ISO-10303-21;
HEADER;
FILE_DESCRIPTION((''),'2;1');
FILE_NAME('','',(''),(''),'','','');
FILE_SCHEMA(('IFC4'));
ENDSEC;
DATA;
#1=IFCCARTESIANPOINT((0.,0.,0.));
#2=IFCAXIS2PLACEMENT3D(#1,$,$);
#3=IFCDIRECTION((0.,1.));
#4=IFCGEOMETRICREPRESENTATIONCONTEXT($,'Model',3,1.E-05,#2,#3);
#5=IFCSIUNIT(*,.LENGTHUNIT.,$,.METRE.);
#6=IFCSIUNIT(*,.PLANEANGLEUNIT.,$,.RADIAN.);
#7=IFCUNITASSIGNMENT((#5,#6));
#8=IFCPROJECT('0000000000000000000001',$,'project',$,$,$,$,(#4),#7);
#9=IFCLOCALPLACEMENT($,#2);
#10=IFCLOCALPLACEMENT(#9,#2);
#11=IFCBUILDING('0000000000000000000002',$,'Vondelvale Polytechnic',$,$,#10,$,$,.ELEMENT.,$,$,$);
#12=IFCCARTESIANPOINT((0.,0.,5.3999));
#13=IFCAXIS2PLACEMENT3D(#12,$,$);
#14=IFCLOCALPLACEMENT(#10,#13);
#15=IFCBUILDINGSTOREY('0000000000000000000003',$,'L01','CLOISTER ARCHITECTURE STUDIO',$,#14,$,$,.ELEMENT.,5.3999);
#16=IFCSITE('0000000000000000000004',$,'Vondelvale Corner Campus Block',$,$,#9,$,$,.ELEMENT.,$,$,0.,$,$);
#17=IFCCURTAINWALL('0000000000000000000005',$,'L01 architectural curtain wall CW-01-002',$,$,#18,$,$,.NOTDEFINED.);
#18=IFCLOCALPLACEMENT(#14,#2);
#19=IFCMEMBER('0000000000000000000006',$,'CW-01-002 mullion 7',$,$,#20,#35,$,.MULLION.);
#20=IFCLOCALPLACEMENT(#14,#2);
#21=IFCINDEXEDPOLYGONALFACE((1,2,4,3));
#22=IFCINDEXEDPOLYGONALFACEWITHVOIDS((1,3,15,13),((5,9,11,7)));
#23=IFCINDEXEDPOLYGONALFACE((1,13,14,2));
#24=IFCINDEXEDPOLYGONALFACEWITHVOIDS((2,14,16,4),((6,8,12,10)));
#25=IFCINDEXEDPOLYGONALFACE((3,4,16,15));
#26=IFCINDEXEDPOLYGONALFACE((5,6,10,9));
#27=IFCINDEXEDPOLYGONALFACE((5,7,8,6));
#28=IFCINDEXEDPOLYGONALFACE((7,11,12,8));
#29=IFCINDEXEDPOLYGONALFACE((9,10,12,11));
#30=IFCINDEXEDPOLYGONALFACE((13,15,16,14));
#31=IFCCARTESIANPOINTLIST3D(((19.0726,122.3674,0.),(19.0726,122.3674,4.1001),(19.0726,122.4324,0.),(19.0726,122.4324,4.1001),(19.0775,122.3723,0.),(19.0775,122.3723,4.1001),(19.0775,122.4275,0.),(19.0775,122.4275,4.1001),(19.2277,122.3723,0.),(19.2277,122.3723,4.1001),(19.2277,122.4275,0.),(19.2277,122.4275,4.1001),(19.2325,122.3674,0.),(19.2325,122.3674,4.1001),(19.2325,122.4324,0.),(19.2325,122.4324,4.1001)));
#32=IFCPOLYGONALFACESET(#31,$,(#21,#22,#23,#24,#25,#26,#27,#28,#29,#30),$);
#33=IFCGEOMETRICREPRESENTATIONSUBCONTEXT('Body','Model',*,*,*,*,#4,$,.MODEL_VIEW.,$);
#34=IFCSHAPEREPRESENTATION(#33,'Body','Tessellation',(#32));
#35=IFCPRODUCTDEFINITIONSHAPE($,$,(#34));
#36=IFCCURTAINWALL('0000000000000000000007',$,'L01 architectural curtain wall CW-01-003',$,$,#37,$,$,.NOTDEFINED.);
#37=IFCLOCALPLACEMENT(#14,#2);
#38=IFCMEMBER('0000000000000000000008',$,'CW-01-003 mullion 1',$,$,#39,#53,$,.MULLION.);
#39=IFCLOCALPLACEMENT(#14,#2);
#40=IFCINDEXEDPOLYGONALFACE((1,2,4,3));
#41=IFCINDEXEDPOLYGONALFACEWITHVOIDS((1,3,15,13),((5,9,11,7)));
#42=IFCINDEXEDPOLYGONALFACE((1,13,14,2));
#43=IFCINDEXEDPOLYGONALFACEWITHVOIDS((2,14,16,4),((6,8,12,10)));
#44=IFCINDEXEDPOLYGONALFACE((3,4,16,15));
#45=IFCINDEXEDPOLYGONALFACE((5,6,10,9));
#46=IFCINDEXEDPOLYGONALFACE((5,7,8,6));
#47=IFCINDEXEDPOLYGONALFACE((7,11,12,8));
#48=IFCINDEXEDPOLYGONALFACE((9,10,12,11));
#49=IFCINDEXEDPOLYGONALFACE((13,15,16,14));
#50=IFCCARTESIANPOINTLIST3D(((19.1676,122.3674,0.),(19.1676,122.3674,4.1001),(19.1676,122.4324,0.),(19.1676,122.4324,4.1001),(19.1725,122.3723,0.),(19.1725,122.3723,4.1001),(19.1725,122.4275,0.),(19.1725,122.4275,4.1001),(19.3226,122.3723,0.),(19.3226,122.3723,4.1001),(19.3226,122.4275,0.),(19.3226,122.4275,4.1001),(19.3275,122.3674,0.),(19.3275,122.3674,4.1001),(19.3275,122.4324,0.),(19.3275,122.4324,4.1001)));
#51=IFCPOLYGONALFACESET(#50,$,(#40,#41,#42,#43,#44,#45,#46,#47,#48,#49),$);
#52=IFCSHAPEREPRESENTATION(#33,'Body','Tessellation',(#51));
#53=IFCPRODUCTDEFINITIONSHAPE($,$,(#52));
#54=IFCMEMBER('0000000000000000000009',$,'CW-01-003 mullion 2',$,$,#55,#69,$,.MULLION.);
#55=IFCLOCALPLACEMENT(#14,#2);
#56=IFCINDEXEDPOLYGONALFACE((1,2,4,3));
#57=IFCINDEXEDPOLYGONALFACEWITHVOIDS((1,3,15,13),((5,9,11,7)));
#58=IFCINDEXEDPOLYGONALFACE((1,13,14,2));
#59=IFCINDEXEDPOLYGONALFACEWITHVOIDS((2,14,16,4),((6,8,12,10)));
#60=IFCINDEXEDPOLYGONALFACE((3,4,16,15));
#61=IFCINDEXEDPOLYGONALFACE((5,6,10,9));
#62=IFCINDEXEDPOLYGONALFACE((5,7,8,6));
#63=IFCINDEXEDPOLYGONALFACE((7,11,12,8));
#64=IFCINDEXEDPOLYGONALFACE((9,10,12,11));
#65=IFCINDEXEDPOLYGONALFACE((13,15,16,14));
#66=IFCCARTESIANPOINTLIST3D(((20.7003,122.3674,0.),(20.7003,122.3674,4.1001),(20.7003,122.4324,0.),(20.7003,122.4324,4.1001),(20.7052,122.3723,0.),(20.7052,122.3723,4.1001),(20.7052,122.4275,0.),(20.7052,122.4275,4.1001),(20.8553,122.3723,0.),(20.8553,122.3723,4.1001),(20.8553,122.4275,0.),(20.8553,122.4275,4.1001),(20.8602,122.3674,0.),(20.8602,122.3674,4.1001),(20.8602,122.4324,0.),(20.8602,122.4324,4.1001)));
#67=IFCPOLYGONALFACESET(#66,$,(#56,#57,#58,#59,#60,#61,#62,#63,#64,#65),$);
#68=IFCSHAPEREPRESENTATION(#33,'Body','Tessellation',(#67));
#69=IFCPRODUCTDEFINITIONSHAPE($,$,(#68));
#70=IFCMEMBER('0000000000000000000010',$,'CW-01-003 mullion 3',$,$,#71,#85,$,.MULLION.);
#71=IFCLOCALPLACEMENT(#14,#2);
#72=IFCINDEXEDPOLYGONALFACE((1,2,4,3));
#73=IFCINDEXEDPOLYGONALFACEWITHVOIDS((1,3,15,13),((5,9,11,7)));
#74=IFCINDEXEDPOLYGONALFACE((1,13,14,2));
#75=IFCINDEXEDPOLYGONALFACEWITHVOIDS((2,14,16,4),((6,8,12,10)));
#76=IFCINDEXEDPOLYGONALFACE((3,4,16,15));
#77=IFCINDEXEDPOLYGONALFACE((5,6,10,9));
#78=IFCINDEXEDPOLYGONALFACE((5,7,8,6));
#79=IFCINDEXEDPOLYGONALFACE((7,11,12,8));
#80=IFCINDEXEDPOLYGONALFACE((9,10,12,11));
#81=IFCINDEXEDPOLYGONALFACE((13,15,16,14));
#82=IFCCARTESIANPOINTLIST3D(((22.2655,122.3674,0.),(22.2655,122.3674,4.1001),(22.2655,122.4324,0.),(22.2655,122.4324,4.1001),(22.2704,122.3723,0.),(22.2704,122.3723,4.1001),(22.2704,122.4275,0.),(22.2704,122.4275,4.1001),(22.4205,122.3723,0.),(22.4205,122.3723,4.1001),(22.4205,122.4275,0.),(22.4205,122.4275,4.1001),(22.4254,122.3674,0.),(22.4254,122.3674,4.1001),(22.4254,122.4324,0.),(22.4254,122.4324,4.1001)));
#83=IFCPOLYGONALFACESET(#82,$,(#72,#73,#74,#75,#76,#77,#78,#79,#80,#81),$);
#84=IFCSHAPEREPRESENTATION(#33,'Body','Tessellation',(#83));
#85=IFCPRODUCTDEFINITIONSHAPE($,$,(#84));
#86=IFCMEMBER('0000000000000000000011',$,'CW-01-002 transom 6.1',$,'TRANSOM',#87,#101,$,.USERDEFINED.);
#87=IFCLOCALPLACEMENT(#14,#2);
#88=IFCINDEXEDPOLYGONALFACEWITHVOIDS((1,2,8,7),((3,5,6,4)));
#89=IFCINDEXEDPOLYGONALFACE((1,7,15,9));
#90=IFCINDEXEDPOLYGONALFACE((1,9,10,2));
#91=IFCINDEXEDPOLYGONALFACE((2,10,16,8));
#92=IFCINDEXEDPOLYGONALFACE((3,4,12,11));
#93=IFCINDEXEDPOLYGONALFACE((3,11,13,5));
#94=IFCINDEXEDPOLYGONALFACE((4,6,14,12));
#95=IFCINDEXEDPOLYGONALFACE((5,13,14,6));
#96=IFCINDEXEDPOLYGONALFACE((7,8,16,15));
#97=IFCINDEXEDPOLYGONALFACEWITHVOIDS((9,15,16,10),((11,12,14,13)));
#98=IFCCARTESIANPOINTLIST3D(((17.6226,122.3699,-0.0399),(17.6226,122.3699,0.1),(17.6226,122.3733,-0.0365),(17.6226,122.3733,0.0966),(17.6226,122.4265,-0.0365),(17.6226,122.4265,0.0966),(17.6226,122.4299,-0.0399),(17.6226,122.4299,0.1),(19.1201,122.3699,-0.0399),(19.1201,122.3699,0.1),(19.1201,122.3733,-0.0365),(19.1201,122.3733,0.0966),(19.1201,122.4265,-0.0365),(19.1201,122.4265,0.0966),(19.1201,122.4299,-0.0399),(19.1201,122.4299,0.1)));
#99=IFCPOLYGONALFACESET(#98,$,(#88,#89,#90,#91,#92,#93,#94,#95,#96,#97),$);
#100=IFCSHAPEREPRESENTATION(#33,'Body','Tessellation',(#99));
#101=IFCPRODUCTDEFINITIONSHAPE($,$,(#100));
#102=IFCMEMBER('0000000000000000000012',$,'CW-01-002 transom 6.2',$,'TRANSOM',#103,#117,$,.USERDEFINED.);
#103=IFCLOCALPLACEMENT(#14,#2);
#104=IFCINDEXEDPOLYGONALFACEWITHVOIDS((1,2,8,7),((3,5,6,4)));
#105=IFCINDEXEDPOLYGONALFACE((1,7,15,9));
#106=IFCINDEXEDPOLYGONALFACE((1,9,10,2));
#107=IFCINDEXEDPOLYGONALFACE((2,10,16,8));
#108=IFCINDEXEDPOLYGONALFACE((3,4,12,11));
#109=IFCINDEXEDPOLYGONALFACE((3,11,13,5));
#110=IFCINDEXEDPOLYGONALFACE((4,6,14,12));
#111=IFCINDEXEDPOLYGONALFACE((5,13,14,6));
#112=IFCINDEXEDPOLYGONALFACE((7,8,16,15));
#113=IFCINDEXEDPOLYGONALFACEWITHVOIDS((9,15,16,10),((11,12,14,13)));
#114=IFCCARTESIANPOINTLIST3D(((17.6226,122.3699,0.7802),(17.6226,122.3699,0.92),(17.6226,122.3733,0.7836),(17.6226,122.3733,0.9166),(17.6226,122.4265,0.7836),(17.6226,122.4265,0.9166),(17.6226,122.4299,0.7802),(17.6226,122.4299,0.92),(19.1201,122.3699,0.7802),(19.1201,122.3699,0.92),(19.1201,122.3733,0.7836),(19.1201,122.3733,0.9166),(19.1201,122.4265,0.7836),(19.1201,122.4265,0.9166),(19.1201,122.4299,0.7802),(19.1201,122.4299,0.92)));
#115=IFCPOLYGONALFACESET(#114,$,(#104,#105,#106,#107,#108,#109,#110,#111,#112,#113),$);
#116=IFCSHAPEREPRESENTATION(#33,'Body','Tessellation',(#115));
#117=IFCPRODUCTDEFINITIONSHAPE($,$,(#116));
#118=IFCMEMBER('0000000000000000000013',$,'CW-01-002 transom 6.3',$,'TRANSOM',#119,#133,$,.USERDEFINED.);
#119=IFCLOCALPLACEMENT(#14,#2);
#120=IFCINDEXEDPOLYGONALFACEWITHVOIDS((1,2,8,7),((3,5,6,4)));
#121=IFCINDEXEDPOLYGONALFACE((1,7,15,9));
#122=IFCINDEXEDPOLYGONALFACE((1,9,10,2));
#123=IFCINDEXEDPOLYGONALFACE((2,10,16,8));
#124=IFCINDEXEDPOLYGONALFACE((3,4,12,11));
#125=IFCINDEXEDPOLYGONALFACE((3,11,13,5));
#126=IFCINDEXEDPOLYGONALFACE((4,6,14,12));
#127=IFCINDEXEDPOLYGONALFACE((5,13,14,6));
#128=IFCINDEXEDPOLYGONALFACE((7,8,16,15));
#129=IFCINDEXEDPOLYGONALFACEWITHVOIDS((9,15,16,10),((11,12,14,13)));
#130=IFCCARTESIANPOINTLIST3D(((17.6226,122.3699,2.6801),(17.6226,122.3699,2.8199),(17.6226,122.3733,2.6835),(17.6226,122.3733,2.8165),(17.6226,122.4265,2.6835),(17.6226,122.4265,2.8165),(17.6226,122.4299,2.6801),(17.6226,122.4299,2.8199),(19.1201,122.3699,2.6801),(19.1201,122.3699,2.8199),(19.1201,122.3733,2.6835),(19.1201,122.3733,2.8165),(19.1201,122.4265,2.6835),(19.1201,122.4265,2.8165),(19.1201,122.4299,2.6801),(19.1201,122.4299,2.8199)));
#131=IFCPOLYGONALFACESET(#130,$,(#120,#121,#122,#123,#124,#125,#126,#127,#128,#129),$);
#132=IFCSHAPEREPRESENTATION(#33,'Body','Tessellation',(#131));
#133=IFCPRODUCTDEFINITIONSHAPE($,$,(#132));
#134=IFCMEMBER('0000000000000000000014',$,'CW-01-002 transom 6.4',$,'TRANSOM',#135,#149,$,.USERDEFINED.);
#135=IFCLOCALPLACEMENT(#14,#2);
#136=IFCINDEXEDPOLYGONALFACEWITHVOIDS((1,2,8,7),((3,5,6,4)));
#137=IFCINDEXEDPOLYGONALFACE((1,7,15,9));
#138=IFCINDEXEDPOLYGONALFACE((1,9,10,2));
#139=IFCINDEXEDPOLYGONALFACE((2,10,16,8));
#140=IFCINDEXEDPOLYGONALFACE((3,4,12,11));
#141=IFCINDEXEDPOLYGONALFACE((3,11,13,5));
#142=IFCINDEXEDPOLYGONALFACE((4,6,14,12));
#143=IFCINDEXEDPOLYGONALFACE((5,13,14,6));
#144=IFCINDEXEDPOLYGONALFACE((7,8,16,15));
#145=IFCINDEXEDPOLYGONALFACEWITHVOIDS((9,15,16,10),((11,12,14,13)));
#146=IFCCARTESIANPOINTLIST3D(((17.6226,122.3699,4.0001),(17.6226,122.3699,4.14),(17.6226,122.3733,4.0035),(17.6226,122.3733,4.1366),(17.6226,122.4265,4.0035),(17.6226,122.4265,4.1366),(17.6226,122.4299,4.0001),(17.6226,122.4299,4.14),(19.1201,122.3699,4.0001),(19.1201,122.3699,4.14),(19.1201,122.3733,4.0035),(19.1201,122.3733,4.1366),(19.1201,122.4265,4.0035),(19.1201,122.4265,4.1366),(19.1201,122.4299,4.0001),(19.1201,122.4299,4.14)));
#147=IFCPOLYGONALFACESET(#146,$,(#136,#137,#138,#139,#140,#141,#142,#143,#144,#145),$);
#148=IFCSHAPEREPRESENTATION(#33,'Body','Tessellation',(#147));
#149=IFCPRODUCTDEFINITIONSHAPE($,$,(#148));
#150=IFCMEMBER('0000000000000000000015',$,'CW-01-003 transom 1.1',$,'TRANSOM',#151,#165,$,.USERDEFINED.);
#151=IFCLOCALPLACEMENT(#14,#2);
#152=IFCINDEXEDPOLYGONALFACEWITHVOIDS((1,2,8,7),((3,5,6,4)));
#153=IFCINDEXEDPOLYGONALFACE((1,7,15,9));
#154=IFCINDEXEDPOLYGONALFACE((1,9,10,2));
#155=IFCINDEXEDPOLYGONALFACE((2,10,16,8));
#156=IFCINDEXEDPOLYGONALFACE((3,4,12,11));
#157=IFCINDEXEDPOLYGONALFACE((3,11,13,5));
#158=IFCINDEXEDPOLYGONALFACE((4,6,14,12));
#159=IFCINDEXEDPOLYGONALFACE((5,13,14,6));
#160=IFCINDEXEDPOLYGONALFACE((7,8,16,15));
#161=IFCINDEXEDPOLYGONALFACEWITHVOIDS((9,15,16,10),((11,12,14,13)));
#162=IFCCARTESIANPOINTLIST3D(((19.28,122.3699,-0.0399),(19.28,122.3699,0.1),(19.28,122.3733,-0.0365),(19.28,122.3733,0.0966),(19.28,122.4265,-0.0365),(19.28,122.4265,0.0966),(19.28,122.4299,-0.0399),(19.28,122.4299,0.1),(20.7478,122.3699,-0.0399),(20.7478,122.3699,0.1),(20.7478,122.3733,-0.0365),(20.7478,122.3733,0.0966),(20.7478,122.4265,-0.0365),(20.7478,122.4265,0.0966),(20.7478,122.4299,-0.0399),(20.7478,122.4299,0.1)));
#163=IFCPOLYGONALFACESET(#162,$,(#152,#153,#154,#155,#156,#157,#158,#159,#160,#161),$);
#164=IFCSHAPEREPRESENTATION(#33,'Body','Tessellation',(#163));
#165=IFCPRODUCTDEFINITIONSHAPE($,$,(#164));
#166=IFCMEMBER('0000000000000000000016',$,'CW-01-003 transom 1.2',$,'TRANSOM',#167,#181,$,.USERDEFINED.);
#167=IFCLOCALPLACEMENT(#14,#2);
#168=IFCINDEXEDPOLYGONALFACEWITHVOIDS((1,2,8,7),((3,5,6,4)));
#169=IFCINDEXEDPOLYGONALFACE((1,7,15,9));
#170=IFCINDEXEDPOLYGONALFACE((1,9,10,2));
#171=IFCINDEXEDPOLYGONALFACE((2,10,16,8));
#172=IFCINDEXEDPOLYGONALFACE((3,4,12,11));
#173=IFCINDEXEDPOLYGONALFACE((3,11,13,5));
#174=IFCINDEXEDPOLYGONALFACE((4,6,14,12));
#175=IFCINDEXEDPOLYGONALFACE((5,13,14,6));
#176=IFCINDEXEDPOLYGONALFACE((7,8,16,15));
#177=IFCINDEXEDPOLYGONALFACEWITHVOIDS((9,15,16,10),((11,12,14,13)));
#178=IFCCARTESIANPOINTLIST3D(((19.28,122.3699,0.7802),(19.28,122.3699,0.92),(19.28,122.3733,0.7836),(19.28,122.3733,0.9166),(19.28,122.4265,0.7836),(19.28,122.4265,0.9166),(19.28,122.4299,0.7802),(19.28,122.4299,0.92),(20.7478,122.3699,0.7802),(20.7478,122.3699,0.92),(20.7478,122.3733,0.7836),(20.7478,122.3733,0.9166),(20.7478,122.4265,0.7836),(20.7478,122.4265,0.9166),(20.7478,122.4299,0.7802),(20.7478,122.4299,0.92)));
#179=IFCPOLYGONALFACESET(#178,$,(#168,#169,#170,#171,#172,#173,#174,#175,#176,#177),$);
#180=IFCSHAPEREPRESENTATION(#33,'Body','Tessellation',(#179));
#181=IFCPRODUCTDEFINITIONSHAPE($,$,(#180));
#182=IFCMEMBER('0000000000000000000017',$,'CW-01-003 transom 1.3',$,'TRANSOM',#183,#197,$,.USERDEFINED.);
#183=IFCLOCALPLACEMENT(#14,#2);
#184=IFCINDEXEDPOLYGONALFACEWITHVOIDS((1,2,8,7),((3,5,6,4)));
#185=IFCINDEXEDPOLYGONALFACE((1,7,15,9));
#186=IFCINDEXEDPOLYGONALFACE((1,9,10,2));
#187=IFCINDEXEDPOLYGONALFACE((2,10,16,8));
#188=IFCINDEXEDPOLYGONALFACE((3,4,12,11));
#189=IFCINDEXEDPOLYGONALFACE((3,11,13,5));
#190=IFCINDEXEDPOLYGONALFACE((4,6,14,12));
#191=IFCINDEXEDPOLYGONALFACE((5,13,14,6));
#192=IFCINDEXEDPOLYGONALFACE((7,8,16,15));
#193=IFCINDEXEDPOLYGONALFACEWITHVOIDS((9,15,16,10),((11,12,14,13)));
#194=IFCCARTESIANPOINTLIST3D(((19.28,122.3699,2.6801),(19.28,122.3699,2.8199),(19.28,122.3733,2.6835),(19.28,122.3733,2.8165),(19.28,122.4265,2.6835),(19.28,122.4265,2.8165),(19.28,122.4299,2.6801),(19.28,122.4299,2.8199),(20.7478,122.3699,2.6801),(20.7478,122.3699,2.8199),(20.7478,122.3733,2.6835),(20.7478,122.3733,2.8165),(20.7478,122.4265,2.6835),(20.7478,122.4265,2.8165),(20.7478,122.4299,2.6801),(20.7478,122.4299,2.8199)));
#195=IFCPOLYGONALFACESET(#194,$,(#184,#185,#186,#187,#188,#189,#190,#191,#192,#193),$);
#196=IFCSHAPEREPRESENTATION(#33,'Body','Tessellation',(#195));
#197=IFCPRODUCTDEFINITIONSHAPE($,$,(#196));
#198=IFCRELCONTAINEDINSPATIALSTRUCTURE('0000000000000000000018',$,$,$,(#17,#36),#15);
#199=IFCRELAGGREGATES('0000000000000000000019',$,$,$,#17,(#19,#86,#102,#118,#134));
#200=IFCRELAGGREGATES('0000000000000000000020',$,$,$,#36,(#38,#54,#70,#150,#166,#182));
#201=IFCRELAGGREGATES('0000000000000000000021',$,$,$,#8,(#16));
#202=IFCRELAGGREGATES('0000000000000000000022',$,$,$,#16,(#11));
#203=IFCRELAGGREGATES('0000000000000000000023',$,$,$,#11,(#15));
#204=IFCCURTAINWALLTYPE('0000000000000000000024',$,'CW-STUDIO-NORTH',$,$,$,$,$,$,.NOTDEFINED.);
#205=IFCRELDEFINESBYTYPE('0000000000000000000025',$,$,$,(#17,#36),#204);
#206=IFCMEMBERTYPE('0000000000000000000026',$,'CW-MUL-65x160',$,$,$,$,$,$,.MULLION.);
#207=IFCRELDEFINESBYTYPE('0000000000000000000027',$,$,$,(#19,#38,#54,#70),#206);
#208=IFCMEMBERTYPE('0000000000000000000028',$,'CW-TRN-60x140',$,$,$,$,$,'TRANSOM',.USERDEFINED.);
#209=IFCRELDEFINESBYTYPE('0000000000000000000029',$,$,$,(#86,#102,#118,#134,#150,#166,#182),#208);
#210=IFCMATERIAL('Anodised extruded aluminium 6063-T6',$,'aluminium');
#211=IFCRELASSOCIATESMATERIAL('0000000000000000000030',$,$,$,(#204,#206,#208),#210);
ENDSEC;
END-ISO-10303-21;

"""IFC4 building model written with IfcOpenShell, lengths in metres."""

from ifc_helpers import new_model, si_unit, direction, frame, origin, origin_2d, place, context, subcontext, project, spatial, hollow_rectangle, extrude, material, material_profile, profile_set, type_object, element, aggregate, save


model = new_model("IFC4")

# Units and contexts
model_context = context("Model", 3, precision=1e-05, world=origin(), true_north=direction((0.0, 1.0)))
body_context = subcontext(model_context, "Body", "Model", "MODEL_VIEW")
ifc_project = project(units=[si_unit("LENGTHUNIT", "METRE"), si_unit("PLANEANGLEUNIT", "RADIAN")], contexts=[model_context])

# Site, building, storey
site_placement = place(None, origin())
site = spatial("IfcSite", under=ifc_project, at=site_placement, Name="Vondelvale Corner Campus Block", CompositionType="ELEMENT", RefElevation=0.0)
building_placement = place(site_placement, origin())
building = spatial("IfcBuilding", under=site, at=building_placement, Name="Vondelvale Polytechnic", CompositionType="ELEMENT")
storey_placement = place(building_placement, frame((0.0, 0.0, 5.3999)))
storey = spatial("IfcBuildingStorey", under=building, at=storey_placement, Name="L01", Description="CLOISTER ARCHITECTURE STUDIO", CompositionType="ELEMENT", Elevation=5.3999)

# Curtain wall, member
ifc_material_1 = material(Name="Anodised extruded aluminium 6063-T6", Category="aluminium")
curtain_wall_type = type_object("IfcCurtainWallType", Name="CW-STUDIO-NORTH", PredefinedType="NOTDEFINED", material=ifc_material_1)
curtain_wall_1_placement = place(storey_placement, origin())
curtain_wall_1 = element("IfcCurtainWall", 1, at=curtain_wall_1_placement, inside=storey, type_object=curtain_wall_type, Name="L01 architectural curtain wall CW-01-002", PredefinedType="NOTDEFINED")
ifc_material_profile_1 = material_profile(ifc_material_1, hollow_rectangle(XDim=0.0649, YDim=0.1599, WallThickness=0.0049, at=origin_2d()), Name="CW-MUL-160x65")
ifc_profile_set_1 = profile_set([ifc_material_profile_1], Name="Anodised extruded aluminium 6063-T6")
member_type_1 = type_object("IfcMemberType", Name="CW-MUL-65x160", PredefinedType="MULLION", material=ifc_profile_set_1)
member_1_placement = place(storey_placement, frame((19.1526, 122.3999, 0.0), z_axis=(0.0, 0.0, 1.0), x_axis=(0.0, 1.0, 0.0)))
member_1 = element("IfcMember", 2, at=member_1_placement, type_object=member_type_1, Name="CW-01-002 mullion 7", PredefinedType="MULLION", context=body_context, shape_type="SweptSolid", body=[
    extrude(hollow_rectangle(XDim=0.0649, YDim=0.1599, WallThickness=0.0049, at=origin_2d()), origin(), (0.0, 0.0, 1.0), 4.1001),
])

# Curtain wall, members
curtain_wall_2_placement = place(storey_placement, origin())
curtain_wall_2 = element("IfcCurtainWall", 3, at=curtain_wall_2_placement, inside=storey, type_object=curtain_wall_type, Name="L01 architectural curtain wall CW-01-003", PredefinedType="NOTDEFINED")
member_2_placement = place(storey_placement, frame((19.2476, 122.3999, 0.0), z_axis=(0.0, 0.0, 1.0), x_axis=(0.0, 1.0, 0.0)))
member_2 = element("IfcMember", 4, at=member_2_placement, type_object=member_type_1, Name="CW-01-003 mullion 1", PredefinedType="MULLION", context=body_context, shape_type="SweptSolid", body=[
    extrude(hollow_rectangle(XDim=0.0649, YDim=0.1599, WallThickness=0.0049, at=origin_2d()), origin(), (0.0, 0.0, 1.0), 4.1001),
])
member_3_placement = place(storey_placement, frame((20.7803, 122.3999, 0.0), z_axis=(0.0, 0.0, 1.0), x_axis=(0.0, 1.0, 0.0)))
member_3 = element("IfcMember", 5, at=member_3_placement, type_object=member_type_1, Name="CW-01-003 mullion 2", PredefinedType="MULLION", context=body_context, shape_type="SweptSolid", body=[
    extrude(hollow_rectangle(XDim=0.0649, YDim=0.1599, WallThickness=0.0049, at=origin_2d()), origin(), (0.0, 0.0, 1.0), 4.1001),
])
member_4_placement = place(storey_placement, frame((22.3455, 122.3999, 0.0), z_axis=(0.0, 0.0, 1.0), x_axis=(0.0, 1.0, 0.0)))
member_4 = element("IfcMember", 6, at=member_4_placement, type_object=member_type_1, Name="CW-01-003 mullion 3", PredefinedType="MULLION", context=body_context, shape_type="SweptSolid", body=[
    extrude(hollow_rectangle(XDim=0.0649, YDim=0.1599, WallThickness=0.0049, at=origin_2d()), origin(), (0.0, 0.0, 1.0), 4.1001),
])

# Members
ifc_material_profile_2 = material_profile(ifc_material_1, hollow_rectangle(XDim=0.0601, YDim=0.1399, WallThickness=0.0034, at=origin_2d()), Name="CW-TRN-140x60")
ifc_profile_set_2 = profile_set([ifc_material_profile_2], Name="Anodised extruded aluminium 6063-T6")
member_type_2 = type_object("IfcMemberType", Name="CW-TRN-60x140", ElementType="TRANSOM", PredefinedType="USERDEFINED", material=ifc_profile_set_2)
member_5_placement = place(storey_placement, frame((17.6226, 122.3999, 0.03), z_axis=(1.0, 0.0, 0.0), x_axis=(0.0, 1.0, 0.0)))
member_5 = element("IfcMember", 7, at=member_5_placement, type_object=member_type_2, Name="CW-01-002 transom 6.1", ObjectType="TRANSOM", PredefinedType="USERDEFINED", context=body_context, shape_type="SweptSolid", body=[
    extrude(hollow_rectangle(XDim=0.0601, YDim=0.1399, WallThickness=0.0034, at=origin_2d()), origin(), (0.0, 0.0, 1.0), 1.4976),
])
member_6_placement = place(storey_placement, frame((17.6226, 122.3999, 0.8501), z_axis=(1.0, 0.0, 0.0), x_axis=(0.0, 1.0, 0.0)))
member_6 = element("IfcMember", 8, at=member_6_placement, type_object=member_type_2, Name="CW-01-002 transom 6.2", ObjectType="TRANSOM", PredefinedType="USERDEFINED", context=body_context, shape_type="SweptSolid", body=[
    extrude(hollow_rectangle(XDim=0.0601, YDim=0.1399, WallThickness=0.0034, at=origin_2d()), origin(), (0.0, 0.0, 1.0), 1.4976),
])
member_7_placement = place(storey_placement, frame((17.6226, 122.3999, 2.75), z_axis=(1.0, 0.0, 0.0), x_axis=(0.0, 1.0, 0.0)))
member_7 = element("IfcMember", 9, at=member_7_placement, type_object=member_type_2, Name="CW-01-002 transom 6.3", ObjectType="TRANSOM", PredefinedType="USERDEFINED", context=body_context, shape_type="SweptSolid", body=[
    extrude(hollow_rectangle(XDim=0.0601, YDim=0.1399, WallThickness=0.0034, at=origin_2d()), origin(), (0.0, 0.0, 1.0), 1.4976),
])
member_8_placement = place(storey_placement, frame((17.6226, 122.3999, 4.0701), z_axis=(1.0, 0.0, 0.0), x_axis=(0.0, 1.0, 0.0)))
member_8 = element("IfcMember", 10, at=member_8_placement, type_object=member_type_2, Name="CW-01-002 transom 6.4", ObjectType="TRANSOM", PredefinedType="USERDEFINED", context=body_context, shape_type="SweptSolid", body=[
    extrude(hollow_rectangle(XDim=0.0601, YDim=0.1399, WallThickness=0.0034, at=origin_2d()), origin(), (0.0, 0.0, 1.0), 1.4976),
])
member_9_placement = place(storey_placement, frame((19.28, 122.3999, 0.03), z_axis=(1.0, 0.0, 0.0), x_axis=(0.0, 1.0, 0.0)))
member_9 = element("IfcMember", 11, at=member_9_placement, type_object=member_type_2, Name="CW-01-003 transom 1.1", ObjectType="TRANSOM", PredefinedType="USERDEFINED", context=body_context, shape_type="SweptSolid", body=[
    extrude(hollow_rectangle(XDim=0.0601, YDim=0.1399, WallThickness=0.0034, at=origin_2d()), origin(), (0.0, 0.0, 1.0), 1.4678),
])
member_10_placement = place(storey_placement, frame((19.28, 122.3999, 0.8501), z_axis=(1.0, 0.0, 0.0), x_axis=(0.0, 1.0, 0.0)))
member_10 = element("IfcMember", 12, at=member_10_placement, type_object=member_type_2, Name="CW-01-003 transom 1.2", ObjectType="TRANSOM", PredefinedType="USERDEFINED", context=body_context, shape_type="SweptSolid", body=[
    extrude(hollow_rectangle(XDim=0.0601, YDim=0.1399, WallThickness=0.0034, at=origin_2d()), origin(), (0.0, 0.0, 1.0), 1.4678),
])
member_11_placement = place(storey_placement, frame((19.28, 122.3999, 2.75), z_axis=(1.0, 0.0, 0.0), x_axis=(0.0, 1.0, 0.0)))
member_11 = element("IfcMember", 13, at=member_11_placement, type_object=member_type_2, Name="CW-01-003 transom 1.3", ObjectType="TRANSOM", PredefinedType="USERDEFINED", context=body_context, shape_type="SweptSolid", body=[
    extrude(hollow_rectangle(XDim=0.0601, YDim=0.1399, WallThickness=0.0034, at=origin_2d()), origin(), (0.0, 0.0, 1.0), 1.4678),
])

aggregate(curtain_wall_1, [member_1, member_5, member_6, member_7, member_8])
aggregate(curtain_wall_2, [member_2, member_3, member_4, member_9, member_10, member_11])

save(model, "model.ifc")
